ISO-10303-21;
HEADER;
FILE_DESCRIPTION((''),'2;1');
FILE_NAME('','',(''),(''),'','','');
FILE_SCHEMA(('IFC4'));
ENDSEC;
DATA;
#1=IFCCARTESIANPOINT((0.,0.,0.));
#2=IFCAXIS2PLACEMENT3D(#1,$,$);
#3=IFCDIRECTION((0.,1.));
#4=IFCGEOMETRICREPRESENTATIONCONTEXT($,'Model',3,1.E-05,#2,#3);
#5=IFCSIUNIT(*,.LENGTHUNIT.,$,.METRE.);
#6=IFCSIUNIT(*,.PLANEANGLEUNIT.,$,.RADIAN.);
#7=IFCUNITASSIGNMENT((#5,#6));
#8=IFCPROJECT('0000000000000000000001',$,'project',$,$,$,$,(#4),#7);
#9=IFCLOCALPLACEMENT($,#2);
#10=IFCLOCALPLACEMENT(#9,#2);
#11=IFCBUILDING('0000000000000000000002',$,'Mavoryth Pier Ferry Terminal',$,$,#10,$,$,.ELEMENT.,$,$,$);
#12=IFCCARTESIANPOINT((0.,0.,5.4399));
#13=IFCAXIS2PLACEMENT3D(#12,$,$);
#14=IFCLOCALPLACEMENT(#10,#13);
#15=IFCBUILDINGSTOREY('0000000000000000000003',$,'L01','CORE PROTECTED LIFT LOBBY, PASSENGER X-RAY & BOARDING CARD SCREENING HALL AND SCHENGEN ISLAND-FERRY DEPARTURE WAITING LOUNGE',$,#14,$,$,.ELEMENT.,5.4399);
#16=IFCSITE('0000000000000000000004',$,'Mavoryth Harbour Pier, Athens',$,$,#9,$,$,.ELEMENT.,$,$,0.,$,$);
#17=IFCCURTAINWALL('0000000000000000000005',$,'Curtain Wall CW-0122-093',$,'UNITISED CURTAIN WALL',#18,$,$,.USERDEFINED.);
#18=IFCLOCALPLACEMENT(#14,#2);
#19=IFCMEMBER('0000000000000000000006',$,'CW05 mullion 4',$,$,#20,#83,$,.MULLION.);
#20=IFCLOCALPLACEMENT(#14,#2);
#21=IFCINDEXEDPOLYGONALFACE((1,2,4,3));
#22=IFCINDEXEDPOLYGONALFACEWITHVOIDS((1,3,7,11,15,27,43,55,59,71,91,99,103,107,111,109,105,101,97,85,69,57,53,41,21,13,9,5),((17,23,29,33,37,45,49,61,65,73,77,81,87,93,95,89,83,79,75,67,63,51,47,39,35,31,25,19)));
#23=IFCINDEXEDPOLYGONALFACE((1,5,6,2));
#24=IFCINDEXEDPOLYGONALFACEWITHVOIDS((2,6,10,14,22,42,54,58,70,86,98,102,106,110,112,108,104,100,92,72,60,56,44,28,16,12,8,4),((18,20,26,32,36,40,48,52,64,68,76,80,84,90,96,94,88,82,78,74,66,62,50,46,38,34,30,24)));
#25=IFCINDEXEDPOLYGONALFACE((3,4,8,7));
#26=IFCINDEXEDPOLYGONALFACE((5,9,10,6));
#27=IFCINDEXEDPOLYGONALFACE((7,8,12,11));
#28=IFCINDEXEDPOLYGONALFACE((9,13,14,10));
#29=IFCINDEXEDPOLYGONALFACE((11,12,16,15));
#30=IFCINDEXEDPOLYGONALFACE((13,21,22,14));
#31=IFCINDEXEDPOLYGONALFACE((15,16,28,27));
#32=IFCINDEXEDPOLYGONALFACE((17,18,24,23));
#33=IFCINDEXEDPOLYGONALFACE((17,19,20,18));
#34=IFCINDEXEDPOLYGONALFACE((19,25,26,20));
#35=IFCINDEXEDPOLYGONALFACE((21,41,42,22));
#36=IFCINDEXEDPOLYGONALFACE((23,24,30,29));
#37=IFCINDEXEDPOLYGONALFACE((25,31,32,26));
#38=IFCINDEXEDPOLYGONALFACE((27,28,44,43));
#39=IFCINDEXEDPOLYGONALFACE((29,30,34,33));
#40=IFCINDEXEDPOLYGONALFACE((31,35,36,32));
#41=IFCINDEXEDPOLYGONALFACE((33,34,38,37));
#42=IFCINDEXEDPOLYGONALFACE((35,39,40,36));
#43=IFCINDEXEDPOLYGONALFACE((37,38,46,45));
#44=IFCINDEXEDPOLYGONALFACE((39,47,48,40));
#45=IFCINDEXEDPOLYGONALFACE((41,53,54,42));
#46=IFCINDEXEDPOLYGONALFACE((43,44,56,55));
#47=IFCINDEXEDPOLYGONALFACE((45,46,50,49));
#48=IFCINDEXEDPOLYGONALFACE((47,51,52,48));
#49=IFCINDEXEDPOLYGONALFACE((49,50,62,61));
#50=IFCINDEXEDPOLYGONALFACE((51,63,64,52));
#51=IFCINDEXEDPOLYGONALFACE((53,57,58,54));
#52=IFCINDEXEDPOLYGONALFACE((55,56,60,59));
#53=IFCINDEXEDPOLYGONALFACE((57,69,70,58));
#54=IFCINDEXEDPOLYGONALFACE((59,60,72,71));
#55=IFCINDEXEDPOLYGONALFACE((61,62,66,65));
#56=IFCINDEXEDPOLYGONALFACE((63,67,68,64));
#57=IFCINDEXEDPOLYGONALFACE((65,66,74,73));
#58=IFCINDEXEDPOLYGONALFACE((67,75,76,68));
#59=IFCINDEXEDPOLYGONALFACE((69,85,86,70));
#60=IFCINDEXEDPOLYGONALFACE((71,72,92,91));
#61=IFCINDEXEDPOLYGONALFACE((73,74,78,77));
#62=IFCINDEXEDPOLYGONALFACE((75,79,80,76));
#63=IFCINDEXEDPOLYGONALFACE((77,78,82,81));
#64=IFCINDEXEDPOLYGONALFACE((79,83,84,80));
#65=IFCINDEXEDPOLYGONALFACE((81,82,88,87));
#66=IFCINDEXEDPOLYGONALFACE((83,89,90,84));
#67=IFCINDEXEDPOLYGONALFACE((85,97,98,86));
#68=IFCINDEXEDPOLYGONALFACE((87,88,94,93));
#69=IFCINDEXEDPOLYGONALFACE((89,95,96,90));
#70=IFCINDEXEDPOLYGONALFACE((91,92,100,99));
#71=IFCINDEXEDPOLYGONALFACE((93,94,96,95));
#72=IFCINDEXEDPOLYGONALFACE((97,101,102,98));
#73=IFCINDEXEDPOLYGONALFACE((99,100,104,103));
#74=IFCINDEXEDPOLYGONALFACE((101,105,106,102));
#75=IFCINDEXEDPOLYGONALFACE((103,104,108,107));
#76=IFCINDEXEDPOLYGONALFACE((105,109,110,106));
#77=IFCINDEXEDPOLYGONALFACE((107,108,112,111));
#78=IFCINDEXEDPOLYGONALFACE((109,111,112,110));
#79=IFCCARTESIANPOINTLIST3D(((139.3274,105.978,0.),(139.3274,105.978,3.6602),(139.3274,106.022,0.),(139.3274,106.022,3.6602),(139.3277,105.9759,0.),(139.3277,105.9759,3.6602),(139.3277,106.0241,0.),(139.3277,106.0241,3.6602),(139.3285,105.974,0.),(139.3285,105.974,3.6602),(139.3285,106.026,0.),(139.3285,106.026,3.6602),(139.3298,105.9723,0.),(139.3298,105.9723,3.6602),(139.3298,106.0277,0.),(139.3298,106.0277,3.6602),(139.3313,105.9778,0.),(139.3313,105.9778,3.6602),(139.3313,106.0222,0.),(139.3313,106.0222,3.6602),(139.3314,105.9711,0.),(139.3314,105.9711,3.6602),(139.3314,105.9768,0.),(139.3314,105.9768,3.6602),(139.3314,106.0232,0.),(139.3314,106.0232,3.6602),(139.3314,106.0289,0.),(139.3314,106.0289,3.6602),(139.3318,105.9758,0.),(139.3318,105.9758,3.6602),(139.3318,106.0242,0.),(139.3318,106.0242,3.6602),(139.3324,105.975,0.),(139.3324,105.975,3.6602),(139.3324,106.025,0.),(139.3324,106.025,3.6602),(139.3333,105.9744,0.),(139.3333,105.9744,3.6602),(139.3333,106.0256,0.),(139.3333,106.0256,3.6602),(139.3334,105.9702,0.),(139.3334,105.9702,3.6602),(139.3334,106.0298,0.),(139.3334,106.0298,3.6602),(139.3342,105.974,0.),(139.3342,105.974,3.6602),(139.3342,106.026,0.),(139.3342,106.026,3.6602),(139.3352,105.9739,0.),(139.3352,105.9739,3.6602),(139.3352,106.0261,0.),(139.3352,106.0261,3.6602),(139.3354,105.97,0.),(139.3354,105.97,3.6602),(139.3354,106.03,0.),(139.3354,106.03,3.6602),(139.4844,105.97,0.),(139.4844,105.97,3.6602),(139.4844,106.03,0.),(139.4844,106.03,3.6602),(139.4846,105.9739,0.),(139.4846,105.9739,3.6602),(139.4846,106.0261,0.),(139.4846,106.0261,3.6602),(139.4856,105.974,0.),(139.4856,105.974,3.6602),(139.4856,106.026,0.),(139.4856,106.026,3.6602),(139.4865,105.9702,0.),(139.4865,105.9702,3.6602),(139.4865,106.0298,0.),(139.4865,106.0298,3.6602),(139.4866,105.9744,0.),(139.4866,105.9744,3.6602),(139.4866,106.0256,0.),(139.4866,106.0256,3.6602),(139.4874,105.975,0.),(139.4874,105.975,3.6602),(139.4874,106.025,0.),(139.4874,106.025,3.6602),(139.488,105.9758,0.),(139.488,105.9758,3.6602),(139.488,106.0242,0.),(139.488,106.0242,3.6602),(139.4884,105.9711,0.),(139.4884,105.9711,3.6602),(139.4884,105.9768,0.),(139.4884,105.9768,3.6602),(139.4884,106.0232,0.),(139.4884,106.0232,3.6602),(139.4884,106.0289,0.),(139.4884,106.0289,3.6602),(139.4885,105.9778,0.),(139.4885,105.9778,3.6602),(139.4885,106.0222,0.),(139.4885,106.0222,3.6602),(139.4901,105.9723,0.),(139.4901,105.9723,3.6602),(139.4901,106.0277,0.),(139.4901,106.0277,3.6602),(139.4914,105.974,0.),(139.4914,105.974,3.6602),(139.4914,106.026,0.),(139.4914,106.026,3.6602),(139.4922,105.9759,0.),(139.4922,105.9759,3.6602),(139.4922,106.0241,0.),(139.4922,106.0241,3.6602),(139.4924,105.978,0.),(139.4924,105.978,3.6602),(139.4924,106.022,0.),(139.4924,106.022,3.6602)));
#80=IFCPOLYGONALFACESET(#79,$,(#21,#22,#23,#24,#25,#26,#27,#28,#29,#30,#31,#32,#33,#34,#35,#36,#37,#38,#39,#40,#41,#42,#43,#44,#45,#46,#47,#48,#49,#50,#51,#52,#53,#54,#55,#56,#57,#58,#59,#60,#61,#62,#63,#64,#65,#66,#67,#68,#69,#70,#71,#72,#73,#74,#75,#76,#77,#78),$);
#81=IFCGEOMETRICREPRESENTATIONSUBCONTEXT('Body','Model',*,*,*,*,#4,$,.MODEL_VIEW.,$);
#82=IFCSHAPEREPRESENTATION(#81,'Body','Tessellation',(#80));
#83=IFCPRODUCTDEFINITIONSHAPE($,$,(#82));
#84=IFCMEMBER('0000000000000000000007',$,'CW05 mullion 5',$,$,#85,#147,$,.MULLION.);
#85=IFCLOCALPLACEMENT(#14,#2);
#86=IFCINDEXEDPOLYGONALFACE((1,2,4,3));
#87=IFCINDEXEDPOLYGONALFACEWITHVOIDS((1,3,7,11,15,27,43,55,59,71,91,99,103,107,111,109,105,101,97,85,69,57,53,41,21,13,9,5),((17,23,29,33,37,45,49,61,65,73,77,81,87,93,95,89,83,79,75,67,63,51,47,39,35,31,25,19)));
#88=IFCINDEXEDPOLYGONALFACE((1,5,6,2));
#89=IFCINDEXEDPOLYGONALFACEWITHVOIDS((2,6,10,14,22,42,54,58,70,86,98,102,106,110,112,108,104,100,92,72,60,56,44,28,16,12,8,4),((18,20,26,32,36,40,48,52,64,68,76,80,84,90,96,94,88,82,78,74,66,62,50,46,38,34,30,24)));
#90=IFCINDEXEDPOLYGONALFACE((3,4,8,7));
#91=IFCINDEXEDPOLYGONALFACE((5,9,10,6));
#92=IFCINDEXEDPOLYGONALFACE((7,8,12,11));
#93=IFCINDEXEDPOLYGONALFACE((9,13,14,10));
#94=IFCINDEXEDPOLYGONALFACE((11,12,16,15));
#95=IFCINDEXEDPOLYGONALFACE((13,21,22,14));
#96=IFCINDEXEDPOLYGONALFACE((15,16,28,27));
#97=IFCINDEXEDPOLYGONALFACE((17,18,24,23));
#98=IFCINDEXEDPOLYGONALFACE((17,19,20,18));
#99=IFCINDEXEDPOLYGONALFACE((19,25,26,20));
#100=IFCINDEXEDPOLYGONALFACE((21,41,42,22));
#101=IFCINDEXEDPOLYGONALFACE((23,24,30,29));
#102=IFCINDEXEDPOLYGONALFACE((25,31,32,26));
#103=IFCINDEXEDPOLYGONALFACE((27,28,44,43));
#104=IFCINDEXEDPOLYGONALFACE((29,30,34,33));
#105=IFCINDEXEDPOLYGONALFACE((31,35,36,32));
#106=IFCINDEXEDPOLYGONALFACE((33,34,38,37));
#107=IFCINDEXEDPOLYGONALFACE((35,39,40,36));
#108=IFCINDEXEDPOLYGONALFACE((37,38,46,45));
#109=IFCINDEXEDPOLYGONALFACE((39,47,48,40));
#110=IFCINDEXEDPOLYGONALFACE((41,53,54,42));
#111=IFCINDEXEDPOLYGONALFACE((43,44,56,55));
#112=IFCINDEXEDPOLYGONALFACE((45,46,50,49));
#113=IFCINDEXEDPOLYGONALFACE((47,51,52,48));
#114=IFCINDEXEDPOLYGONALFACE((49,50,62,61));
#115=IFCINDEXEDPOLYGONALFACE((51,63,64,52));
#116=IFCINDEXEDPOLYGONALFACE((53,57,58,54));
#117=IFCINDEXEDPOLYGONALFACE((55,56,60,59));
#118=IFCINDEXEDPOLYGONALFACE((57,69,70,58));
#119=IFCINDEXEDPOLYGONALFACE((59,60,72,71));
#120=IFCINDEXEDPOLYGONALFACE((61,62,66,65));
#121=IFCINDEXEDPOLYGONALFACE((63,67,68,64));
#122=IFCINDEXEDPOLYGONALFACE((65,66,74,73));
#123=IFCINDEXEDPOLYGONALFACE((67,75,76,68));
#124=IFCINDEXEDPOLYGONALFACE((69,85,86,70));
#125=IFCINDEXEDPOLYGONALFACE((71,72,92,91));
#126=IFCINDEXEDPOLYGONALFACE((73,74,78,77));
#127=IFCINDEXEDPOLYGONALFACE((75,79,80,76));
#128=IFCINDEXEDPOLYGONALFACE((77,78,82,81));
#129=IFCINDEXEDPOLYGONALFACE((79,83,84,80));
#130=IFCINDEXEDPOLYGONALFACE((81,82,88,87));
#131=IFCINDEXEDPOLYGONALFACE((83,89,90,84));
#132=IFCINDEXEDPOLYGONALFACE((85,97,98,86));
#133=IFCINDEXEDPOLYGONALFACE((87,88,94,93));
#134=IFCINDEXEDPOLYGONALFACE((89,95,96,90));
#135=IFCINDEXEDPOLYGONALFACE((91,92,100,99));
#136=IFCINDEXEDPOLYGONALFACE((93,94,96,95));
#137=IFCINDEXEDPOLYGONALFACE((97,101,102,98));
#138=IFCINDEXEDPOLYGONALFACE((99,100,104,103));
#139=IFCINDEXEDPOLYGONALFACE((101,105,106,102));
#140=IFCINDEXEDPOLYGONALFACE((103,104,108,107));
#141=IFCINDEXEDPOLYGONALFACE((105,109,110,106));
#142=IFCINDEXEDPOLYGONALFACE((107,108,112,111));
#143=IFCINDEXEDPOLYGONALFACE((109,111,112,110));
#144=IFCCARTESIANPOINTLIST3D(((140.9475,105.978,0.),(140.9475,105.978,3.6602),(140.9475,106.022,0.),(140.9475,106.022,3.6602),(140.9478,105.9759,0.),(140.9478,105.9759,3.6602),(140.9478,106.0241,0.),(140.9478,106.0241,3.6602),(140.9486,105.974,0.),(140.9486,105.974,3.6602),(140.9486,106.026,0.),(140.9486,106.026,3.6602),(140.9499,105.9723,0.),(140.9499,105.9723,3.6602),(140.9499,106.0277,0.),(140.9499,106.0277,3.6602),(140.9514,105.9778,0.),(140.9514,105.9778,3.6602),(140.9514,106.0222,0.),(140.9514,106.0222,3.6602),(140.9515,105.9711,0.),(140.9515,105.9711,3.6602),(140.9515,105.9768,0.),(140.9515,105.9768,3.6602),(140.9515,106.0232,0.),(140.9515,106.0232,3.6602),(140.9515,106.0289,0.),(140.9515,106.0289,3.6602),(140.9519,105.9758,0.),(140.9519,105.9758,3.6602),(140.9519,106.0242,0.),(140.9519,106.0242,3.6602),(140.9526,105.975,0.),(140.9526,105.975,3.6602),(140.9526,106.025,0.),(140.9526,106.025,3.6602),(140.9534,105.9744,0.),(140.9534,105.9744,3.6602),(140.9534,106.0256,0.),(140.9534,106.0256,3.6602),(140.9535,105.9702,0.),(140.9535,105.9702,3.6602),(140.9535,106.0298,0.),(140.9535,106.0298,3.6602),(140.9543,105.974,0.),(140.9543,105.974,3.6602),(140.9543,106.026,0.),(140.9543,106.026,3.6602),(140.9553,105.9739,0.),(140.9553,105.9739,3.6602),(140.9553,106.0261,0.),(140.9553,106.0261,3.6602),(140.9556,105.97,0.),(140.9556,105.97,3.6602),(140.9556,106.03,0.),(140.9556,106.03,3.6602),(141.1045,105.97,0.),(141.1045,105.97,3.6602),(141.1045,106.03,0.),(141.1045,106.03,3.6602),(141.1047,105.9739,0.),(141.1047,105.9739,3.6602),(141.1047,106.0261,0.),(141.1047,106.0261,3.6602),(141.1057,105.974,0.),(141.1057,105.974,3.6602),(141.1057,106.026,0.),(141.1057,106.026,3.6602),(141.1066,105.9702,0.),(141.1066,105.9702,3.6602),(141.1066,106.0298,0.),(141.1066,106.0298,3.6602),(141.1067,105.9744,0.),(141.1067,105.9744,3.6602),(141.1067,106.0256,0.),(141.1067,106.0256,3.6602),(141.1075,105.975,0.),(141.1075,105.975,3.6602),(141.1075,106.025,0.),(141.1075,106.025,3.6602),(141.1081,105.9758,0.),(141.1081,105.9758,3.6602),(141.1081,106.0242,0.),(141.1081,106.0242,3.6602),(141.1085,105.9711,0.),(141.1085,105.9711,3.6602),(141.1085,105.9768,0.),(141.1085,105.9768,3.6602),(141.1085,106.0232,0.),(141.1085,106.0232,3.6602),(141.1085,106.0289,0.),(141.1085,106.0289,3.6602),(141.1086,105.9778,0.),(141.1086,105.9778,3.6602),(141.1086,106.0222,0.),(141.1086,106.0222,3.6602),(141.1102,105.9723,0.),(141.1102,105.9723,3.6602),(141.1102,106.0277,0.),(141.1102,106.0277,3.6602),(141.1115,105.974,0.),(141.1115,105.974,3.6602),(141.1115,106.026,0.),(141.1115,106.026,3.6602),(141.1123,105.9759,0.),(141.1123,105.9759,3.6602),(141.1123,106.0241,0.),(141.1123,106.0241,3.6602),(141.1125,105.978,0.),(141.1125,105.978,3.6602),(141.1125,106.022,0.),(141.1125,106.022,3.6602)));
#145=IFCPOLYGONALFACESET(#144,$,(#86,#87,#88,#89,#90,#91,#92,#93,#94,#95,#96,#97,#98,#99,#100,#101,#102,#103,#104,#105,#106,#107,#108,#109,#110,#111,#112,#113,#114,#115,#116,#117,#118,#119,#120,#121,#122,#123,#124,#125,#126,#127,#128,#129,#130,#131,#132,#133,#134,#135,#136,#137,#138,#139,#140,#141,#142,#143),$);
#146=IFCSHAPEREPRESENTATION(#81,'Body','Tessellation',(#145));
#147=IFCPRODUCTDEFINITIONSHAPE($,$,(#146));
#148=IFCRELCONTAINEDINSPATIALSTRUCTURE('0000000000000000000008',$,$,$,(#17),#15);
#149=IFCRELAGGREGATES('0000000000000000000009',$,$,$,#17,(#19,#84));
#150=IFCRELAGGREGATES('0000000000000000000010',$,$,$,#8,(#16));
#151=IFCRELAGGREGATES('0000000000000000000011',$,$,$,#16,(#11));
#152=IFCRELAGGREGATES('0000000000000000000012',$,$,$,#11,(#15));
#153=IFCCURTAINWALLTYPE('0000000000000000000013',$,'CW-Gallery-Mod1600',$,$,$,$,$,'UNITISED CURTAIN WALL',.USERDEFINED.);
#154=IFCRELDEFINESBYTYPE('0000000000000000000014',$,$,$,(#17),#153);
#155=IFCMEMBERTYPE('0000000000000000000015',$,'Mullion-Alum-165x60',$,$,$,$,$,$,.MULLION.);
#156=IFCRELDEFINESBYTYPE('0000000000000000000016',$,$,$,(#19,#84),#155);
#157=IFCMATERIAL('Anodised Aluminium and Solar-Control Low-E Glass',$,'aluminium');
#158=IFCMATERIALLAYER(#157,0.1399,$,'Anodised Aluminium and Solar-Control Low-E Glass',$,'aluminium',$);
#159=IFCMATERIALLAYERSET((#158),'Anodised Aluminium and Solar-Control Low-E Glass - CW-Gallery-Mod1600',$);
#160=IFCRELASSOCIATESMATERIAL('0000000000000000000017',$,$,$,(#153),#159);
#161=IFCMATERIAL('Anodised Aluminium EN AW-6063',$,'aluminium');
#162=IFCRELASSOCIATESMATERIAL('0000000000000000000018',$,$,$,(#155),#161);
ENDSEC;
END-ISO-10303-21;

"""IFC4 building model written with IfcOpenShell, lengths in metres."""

from ifc_helpers import new_model, si_unit, direction, frame, origin, origin_2d, place, context, subcontext, project, spatial, hollow_rectangle, extrude, material, layer, layer_set, material_profile, profile_set, type_object, element, aggregate, save


model = new_model("IFC4")

# Units and contexts
model_context = context("Model", 3, precision=1e-05, world=origin(), true_north=direction((0.0, 1.0)))
body_context = subcontext(model_context, "Body", "Model", "MODEL_VIEW")
ifc_project = project(units=[si_unit("LENGTHUNIT", "METRE"), si_unit("PLANEANGLEUNIT", "RADIAN")], contexts=[model_context])

# Site, building, storey
site_placement = place(None, origin())
site = spatial("IfcSite", under=ifc_project, at=site_placement, Name="Mavoryth Harbour Pier, Athens", CompositionType="ELEMENT", RefElevation=0.0)
building_placement = place(site_placement, origin())
building = spatial("IfcBuilding", under=site, at=building_placement, Name="Mavoryth Pier Ferry Terminal", CompositionType="ELEMENT")
storey_placement = place(building_placement, frame((0.0, 0.0, 5.4399)))
storey = spatial("IfcBuildingStorey", under=building, at=storey_placement, Name="L01", Description="CORE PROTECTED LIFT LOBBY, PASSENGER X-RAY & BOARDING CARD SCREENING HALL AND SCHENGEN ISLAND-FERRY DEPARTURE WAITING LOUNGE", CompositionType="ELEMENT", Elevation=5.4399)

# Curtain wall, members
ifc_material_1 = material(Name="Anodised Aluminium and Solar-Control Low-E Glass", Category="aluminium")
ifc_layer_1 = layer(ifc_material_1, 0.1399, Name="Anodised Aluminium and Solar-Control Low-E Glass", Category="aluminium")
ifc_layer_set_1 = layer_set([ifc_layer_1], Name="Anodised Aluminium and Solar-Control Low-E Glass - CW-Gallery-Mod1600")
curtain_wall_type = type_object("IfcCurtainWallType", Name="CW-Gallery-Mod1600", ElementType="UNITISED CURTAIN WALL", PredefinedType="USERDEFINED", material=ifc_layer_set_1)
curtain_wall_1_placement = place(storey_placement, origin())
curtain_wall_1 = element("IfcCurtainWall", 1, at=curtain_wall_1_placement, inside=storey, type_object=curtain_wall_type, Name="Curtain Wall CW-0122-093", ObjectType="UNITISED CURTAIN WALL", PredefinedType="USERDEFINED")
ifc_material_2 = material(Name="Anodised Aluminium EN AW-6063", Category="aluminium")
ifc_material_profile_1 = material_profile(ifc_material_2, hollow_rectangle(XDim=0.0601, YDim=0.165, WallThickness=0.0039, InnerFilletRadius=0.0039, OuterFilletRadius=0.0081, at=origin_2d()), Name="AL-MULL 165x60x4", Category="aluminium")
ifc_profile_set_1 = profile_set([ifc_material_profile_1], Name="Anodised Aluminium EN AW-6063 - AL-MULL 165x60x4")
member_type_1 = type_object("IfcMemberType", Name="Mullion-Alum-165x60", PredefinedType="MULLION", material=ifc_profile_set_1)
member_1_placement = place(storey_placement, frame((139.4099, 106.0, 0.0), z_axis=(0.0, 0.0, 1.0), x_axis=(0.0, 1.0, 0.0)))
member_1 = element("IfcMember", 2, at=member_1_placement, type_object=member_type_1, Name="CW05 mullion 4", PredefinedType="MULLION", context=body_context, shape_type="SweptSolid", body=[
    extrude(hollow_rectangle(XDim=0.0601, YDim=0.165, WallThickness=0.0039, InnerFilletRadius=0.0039, OuterFilletRadius=0.0081, at=origin_2d()), origin(), (0.0, 0.0, 1.0), 3.6602),
])
member_2_placement = place(storey_placement, frame((141.03, 106.0, 0.0), z_axis=(0.0, 0.0, 1.0), x_axis=(0.0, 1.0, 0.0)))
member_2 = element("IfcMember", 3, at=member_2_placement, type_object=member_type_1, Name="CW05 mullion 5", PredefinedType="MULLION", context=body_context, shape_type="SweptSolid", body=[
    extrude(hollow_rectangle(XDim=0.0601, YDim=0.165, WallThickness=0.0039, InnerFilletRadius=0.0039, OuterFilletRadius=0.0081, at=origin_2d()), origin(), (0.0, 0.0, 1.0), 3.6602),
])

aggregate(curtain_wall_1, [member_1, member_2])

save(model, "model.ifc")
